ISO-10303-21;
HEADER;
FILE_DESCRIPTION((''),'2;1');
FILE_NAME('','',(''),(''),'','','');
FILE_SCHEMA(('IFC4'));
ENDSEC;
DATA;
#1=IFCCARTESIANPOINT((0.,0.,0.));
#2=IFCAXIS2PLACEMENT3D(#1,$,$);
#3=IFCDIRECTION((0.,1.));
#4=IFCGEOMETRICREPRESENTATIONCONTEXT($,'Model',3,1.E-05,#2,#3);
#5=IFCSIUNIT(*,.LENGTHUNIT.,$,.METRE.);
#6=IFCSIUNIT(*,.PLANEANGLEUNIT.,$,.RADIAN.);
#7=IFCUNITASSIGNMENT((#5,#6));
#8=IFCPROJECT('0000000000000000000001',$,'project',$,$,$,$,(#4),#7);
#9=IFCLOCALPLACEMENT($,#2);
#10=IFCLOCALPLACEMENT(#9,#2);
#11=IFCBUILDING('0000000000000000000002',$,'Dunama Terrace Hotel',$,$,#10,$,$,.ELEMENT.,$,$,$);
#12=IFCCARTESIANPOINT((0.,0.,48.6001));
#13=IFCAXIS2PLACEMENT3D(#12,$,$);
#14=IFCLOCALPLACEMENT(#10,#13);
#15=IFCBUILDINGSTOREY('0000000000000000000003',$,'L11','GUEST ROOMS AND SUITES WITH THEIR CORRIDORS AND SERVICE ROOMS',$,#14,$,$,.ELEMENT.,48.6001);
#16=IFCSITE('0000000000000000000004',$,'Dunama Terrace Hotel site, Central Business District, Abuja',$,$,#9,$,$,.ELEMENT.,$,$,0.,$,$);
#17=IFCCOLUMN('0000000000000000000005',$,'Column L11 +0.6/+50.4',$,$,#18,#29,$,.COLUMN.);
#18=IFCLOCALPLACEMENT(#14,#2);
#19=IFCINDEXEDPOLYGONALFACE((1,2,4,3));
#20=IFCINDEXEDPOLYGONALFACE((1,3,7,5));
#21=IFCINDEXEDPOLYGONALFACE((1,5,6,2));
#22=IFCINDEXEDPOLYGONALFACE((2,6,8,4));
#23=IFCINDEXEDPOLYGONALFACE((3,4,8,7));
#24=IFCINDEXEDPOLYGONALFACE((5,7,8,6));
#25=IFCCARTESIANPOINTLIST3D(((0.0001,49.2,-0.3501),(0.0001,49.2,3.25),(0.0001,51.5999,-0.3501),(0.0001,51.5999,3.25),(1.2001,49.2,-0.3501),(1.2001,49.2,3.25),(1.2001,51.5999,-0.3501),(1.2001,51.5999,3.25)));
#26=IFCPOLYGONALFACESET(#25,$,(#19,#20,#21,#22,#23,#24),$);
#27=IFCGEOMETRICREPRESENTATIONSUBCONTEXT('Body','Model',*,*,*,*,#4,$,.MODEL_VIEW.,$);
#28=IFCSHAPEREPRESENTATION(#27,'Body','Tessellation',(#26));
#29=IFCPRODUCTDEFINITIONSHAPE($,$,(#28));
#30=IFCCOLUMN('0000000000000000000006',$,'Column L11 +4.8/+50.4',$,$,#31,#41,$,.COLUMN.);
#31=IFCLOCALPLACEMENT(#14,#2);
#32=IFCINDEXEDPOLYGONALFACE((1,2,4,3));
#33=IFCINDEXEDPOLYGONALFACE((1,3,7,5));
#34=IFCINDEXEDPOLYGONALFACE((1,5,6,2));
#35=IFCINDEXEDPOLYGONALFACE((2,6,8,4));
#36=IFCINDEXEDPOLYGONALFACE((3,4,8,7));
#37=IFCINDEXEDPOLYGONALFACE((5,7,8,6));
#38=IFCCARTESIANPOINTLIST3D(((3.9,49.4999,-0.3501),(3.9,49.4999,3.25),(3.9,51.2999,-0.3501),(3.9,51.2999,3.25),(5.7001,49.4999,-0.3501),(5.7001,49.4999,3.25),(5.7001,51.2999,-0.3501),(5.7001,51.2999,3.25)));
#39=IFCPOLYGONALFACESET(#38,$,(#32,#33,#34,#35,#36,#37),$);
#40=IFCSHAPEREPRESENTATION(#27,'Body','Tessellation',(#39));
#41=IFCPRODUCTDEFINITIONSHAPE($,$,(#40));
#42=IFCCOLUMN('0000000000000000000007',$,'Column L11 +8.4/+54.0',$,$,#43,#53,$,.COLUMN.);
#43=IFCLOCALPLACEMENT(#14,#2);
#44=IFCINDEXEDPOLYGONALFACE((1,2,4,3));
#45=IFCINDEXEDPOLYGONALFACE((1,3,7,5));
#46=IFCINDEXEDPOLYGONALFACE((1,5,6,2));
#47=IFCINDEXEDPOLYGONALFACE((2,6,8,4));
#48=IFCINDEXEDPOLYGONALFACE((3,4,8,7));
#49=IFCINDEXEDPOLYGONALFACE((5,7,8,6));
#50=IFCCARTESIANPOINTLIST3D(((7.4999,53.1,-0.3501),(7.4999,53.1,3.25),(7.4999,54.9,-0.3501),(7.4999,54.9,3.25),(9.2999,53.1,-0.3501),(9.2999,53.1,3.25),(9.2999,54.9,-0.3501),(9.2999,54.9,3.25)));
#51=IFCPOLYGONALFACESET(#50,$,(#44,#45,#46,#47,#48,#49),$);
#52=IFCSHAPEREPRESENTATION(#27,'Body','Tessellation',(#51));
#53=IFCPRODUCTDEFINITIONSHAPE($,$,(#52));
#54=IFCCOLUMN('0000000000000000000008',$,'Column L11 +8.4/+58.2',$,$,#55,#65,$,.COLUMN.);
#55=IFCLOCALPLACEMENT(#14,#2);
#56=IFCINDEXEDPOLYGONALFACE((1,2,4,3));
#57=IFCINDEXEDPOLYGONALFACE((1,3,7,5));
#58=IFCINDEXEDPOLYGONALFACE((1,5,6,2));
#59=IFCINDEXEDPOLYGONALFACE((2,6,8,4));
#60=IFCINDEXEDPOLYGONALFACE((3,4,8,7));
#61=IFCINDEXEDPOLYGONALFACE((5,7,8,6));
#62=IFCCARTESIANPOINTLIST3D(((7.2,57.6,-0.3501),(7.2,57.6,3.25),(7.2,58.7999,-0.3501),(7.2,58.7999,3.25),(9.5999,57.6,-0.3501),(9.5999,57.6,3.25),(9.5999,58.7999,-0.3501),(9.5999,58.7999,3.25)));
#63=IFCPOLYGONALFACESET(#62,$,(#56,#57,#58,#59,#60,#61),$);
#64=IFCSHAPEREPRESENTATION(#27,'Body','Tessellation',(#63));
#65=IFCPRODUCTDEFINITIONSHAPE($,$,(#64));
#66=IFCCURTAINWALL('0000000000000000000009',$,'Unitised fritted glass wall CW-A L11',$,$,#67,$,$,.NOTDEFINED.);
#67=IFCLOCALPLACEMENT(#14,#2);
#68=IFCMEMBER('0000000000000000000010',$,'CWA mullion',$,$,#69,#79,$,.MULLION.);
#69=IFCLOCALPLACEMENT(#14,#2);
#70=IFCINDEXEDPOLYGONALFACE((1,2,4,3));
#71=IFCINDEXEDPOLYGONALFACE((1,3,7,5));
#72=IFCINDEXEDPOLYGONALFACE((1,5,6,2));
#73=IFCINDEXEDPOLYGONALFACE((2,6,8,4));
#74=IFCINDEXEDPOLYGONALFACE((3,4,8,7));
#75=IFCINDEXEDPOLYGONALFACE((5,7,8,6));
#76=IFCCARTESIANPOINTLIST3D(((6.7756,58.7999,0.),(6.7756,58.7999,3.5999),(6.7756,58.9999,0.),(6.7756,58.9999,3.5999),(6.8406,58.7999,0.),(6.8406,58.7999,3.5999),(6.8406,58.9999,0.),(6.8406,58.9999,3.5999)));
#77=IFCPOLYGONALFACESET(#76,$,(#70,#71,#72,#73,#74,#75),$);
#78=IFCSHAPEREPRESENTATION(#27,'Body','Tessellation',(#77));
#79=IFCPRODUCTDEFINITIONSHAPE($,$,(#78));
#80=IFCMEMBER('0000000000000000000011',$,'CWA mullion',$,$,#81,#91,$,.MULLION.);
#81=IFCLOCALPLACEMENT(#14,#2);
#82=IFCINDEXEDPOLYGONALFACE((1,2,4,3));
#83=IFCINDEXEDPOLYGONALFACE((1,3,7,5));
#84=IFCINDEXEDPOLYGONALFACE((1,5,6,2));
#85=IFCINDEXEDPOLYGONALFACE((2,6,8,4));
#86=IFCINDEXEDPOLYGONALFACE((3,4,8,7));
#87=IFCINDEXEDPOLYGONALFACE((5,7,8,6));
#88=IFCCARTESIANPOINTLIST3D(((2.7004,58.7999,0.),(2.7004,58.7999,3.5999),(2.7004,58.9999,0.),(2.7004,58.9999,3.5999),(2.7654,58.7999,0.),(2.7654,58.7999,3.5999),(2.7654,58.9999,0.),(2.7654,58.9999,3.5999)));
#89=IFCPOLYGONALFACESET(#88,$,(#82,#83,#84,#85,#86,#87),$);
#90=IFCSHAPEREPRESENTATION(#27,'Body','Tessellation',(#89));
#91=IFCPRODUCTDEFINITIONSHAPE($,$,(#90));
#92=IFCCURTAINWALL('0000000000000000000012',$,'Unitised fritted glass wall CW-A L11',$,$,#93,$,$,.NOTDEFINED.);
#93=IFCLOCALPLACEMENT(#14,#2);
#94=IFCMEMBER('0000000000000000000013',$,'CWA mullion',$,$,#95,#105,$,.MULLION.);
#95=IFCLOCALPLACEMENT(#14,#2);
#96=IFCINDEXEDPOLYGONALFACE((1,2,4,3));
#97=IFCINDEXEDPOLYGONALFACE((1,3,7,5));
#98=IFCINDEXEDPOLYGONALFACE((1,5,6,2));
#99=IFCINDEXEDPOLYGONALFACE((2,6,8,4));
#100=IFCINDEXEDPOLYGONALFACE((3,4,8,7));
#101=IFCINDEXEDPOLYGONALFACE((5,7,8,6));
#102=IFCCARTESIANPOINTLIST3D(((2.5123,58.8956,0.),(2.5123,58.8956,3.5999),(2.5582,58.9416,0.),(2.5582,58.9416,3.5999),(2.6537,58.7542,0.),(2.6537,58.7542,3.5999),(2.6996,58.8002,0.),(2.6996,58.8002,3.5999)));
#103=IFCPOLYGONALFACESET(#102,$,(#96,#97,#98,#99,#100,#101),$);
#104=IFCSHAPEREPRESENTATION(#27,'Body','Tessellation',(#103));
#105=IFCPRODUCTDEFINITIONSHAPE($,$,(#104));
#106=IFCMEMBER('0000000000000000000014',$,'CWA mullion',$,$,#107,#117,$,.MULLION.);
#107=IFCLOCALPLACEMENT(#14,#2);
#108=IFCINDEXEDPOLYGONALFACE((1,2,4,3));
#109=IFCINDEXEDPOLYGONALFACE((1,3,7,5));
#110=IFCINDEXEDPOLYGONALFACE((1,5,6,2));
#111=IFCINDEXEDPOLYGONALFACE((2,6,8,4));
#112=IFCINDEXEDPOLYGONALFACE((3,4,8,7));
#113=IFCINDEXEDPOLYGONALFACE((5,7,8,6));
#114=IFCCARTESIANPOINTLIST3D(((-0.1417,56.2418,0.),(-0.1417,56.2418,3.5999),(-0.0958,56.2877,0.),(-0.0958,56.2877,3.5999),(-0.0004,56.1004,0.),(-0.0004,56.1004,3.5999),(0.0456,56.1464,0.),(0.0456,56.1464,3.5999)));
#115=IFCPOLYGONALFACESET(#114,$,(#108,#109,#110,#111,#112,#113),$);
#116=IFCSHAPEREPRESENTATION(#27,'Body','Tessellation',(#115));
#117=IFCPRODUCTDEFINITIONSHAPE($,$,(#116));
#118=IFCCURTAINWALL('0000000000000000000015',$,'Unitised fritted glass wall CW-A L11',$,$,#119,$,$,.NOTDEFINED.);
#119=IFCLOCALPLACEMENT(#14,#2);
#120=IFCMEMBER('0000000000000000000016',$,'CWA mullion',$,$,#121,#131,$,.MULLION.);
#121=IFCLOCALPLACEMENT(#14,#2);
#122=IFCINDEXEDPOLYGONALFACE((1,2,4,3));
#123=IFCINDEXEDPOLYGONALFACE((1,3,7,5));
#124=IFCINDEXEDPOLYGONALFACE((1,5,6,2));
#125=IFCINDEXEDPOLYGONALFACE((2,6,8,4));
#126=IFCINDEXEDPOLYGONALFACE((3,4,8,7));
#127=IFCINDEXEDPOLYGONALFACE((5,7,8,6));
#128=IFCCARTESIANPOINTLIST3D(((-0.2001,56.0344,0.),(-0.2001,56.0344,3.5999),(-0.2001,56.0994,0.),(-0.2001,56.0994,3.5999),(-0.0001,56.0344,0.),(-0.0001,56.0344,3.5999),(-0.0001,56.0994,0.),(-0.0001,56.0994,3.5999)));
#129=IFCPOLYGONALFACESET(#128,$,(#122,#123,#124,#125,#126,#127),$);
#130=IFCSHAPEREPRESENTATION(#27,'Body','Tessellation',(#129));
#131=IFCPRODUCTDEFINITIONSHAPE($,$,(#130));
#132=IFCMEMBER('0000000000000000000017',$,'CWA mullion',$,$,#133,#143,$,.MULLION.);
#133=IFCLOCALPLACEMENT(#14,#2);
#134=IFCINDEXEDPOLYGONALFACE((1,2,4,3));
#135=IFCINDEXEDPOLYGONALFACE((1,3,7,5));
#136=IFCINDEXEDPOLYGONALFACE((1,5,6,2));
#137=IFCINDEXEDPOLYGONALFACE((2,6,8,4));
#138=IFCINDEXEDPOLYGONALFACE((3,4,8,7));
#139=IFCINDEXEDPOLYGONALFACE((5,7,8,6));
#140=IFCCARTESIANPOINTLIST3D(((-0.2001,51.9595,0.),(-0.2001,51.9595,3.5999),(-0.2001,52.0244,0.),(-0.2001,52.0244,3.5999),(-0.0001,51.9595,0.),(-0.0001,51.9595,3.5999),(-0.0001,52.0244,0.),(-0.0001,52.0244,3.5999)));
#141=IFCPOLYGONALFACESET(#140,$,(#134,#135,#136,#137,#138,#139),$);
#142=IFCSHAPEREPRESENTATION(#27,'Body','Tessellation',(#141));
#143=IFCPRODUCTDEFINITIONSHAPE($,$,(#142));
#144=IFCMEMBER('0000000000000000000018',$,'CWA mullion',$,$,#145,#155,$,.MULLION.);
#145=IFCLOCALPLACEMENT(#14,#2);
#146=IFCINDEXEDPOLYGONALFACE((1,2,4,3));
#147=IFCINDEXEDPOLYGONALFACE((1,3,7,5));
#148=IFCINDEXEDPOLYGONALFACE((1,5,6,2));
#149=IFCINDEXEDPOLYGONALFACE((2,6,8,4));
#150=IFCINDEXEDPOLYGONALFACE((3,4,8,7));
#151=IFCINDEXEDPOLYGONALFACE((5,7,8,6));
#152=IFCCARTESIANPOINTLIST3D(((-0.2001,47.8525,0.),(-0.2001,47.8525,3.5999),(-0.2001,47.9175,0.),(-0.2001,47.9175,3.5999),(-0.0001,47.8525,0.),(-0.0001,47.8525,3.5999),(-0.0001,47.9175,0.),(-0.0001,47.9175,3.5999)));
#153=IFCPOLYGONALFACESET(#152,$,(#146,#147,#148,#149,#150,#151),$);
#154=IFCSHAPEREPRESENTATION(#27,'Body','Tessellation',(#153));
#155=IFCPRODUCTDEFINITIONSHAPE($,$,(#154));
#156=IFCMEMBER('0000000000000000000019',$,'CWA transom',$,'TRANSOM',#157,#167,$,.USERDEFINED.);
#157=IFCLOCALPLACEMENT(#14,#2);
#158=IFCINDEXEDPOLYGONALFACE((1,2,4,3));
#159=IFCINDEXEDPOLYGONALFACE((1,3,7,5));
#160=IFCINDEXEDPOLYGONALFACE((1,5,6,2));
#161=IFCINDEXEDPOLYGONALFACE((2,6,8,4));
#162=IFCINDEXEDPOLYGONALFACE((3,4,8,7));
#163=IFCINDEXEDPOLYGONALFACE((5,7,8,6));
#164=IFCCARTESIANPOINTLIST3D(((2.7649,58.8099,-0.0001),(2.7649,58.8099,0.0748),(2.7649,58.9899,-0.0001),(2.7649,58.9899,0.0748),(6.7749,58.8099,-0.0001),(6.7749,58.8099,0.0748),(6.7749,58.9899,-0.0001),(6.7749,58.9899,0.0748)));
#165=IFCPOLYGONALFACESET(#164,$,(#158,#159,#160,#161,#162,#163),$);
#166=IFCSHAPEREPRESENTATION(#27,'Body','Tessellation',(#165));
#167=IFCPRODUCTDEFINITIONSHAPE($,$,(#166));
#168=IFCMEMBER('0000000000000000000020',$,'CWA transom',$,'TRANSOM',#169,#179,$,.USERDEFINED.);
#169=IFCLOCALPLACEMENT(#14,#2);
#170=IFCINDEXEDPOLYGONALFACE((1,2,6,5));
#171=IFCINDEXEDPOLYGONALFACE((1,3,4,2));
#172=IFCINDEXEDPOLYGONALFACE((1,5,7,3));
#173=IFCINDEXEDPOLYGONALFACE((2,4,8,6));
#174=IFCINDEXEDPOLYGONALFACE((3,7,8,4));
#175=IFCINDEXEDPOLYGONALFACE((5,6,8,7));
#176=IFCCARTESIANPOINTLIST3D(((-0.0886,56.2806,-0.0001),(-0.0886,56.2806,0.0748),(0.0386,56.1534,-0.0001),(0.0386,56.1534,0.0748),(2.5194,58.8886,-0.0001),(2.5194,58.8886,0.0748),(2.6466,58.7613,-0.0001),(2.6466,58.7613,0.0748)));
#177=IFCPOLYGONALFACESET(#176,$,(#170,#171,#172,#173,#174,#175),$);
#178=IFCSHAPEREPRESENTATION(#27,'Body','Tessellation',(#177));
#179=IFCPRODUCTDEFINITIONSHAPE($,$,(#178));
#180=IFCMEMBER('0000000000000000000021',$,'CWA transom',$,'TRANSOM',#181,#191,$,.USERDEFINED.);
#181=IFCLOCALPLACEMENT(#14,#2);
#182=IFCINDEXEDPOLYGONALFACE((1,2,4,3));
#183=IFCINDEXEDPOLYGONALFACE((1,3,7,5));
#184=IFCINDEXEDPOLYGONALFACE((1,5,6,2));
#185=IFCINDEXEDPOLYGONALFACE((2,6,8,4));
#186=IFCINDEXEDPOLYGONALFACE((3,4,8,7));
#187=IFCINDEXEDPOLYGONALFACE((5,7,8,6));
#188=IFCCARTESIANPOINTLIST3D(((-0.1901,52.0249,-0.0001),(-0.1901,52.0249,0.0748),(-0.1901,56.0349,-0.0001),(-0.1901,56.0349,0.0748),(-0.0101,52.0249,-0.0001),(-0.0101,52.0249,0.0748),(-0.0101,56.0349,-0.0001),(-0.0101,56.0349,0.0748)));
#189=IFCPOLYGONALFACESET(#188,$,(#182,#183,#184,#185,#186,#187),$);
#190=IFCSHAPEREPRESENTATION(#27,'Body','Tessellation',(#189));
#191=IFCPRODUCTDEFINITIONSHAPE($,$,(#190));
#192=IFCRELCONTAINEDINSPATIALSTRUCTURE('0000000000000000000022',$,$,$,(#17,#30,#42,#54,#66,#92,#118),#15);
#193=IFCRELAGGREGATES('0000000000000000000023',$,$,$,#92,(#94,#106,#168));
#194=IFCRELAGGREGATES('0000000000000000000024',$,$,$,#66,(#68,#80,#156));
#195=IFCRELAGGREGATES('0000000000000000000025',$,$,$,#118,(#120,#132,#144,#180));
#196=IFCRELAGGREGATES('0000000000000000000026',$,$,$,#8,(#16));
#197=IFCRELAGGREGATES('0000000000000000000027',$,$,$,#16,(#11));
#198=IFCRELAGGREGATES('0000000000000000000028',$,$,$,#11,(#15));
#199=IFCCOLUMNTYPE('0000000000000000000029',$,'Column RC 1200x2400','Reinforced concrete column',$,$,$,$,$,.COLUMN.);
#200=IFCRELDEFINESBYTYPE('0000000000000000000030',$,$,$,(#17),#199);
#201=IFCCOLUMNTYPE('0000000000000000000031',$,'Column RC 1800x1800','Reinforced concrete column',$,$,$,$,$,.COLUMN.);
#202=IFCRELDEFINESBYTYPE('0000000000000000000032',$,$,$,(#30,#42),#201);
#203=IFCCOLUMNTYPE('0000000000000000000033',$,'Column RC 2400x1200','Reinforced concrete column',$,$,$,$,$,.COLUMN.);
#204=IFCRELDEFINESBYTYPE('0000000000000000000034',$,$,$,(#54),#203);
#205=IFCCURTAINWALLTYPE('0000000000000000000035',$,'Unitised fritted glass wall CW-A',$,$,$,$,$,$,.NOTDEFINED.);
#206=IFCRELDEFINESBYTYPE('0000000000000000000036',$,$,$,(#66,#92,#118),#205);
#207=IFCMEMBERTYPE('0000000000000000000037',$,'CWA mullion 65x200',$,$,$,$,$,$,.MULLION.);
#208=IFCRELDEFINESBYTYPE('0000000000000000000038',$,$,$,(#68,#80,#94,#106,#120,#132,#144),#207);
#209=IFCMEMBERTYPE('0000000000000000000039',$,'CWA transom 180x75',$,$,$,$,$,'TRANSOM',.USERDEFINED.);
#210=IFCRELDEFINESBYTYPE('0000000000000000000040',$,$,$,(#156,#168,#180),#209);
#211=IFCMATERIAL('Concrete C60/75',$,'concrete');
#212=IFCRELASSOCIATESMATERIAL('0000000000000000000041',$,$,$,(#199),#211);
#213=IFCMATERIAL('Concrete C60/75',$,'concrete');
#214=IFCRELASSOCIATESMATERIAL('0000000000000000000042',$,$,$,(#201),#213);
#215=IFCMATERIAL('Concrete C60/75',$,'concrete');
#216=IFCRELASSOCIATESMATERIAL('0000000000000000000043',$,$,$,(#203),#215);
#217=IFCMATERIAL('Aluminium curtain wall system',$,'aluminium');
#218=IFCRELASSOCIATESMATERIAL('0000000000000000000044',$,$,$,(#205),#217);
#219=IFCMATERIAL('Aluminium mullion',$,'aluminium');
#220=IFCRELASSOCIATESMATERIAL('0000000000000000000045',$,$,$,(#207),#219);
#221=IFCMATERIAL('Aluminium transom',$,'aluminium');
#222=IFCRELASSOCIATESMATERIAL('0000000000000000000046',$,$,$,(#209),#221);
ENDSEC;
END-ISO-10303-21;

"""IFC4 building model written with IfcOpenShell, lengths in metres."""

from ifc_helpers import new_model, si_unit, direction, frame, origin, origin_2d, place, context, subcontext, project, spatial, rectangle, extrude, material, material_profile, profile_set, type_object, element, aggregate, save


model = new_model("IFC4")

# Units and contexts
model_context = context("Model", 3, precision=1e-05, world=origin(), true_north=direction((0.0, 1.0)))
body_context = subcontext(model_context, "Body", "Model", "MODEL_VIEW")
ifc_project = project(units=[si_unit("LENGTHUNIT", "METRE"), si_unit("PLANEANGLEUNIT", "RADIAN")], contexts=[model_context])

# Site, building, storey
site_placement = place(None, origin())
site = spatial("IfcSite", under=ifc_project, at=site_placement, Name="Dunama Terrace Hotel site, Central Business District, Abuja", CompositionType="ELEMENT", RefElevation=0.0)
building_placement = place(site_placement, origin())
building = spatial("IfcBuilding", under=site, at=building_placement, Name="Dunama Terrace Hotel", CompositionType="ELEMENT")
storey_placement = place(building_placement, frame((0.0, 0.0, 48.6001)))
storey = spatial("IfcBuildingStorey", under=building, at=storey_placement, Name="L11", Description="GUEST ROOMS AND SUITES WITH THEIR CORRIDORS AND SERVICE ROOMS", CompositionType="ELEMENT", Elevation=48.6001)

# Columns
ifc_material_1 = material(Name="Concrete C60/75", Category="concrete")
ifc_material_profile_1 = material_profile(ifc_material_1, rectangle(XDim=1.2, YDim=2.3999, at=origin_2d()), Name="RC 1200x2400")
ifc_profile_set_1 = profile_set([ifc_material_profile_1], Name="Concrete C60/75")
column_type_1 = type_object("IfcColumnType", Name="Column RC 1200x2400", Description="Reinforced concrete column", PredefinedType="COLUMN", material=ifc_profile_set_1)
column_1_placement = place(storey_placement, frame((0.6001, 50.3999, -0.3501), z_axis=(0.0, 0.0, 1.0), x_axis=(1.0, 0.0, 0.0)))
element("IfcColumn", 1, at=column_1_placement, inside=storey, type_object=column_type_1, Name="Column L11 +0.6/+50.4", PredefinedType="COLUMN", context=body_context, shape_type="SweptSolid", body=[
    extrude(rectangle(XDim=1.2, YDim=2.3999, at=origin_2d()), origin(), (0.0, 0.0, 1.0), 3.6001),
])
ifc_material_2 = material(Name="Concrete C60/75", Category="concrete")
ifc_material_profile_2 = material_profile(ifc_material_2, rectangle(XDim=1.8, YDim=1.8, at=origin_2d()), Name="RC 1800x1800")
ifc_profile_set_2 = profile_set([ifc_material_profile_2], Name="Concrete C60/75")
column_type_2 = type_object("IfcColumnType", Name="Column RC 1800x1800", Description="Reinforced concrete column", PredefinedType="COLUMN", material=ifc_profile_set_2)
for number, where, z_axis, x_axis, name in (
    (2, (4.8, 50.3999, -0.3501), (0.0, 0.0, 1.0), (1.0, 0.0, 0.0), "Column L11 +4.8/+50.4"),
    (3, (8.3999, 54.0, -0.3501), (0.0, 0.0, 1.0), (1.0, 0.0, 0.0), "Column L11 +8.4/+54.0"),
):
    element("IfcColumn", number, at=place(storey_placement, frame(where, z_axis=z_axis, x_axis=x_axis)), inside=storey, type_object=column_type_2, Name=name, PredefinedType="COLUMN", context=body_context, shape_type="SweptSolid", body=[
        extrude(rectangle(XDim=1.8, YDim=1.8, at=origin_2d()), origin(), (0.0, 0.0, 1.0), 3.6001),
    ])
ifc_material_3 = material(Name="Concrete C60/75", Category="concrete")
ifc_material_profile_3 = material_profile(ifc_material_3, rectangle(XDim=2.3999, YDim=1.2, at=origin_2d()), Name="RC 2400x1200")
ifc_profile_set_3 = profile_set([ifc_material_profile_3], Name="Concrete C60/75")
column_type_3 = type_object("IfcColumnType", Name="Column RC 2400x1200", Description="Reinforced concrete column", PredefinedType="COLUMN", material=ifc_profile_set_3)
column_2_placement = place(storey_placement, frame((8.3999, 58.2, -0.3501), z_axis=(0.0, 0.0, 1.0), x_axis=(1.0, 0.0, 0.0)))
element("IfcColumn", 4, at=column_2_placement, inside=storey, type_object=column_type_3, Name="Column L11 +8.4/+58.2", PredefinedType="COLUMN", context=body_context, shape_type="SweptSolid", body=[
    extrude(rectangle(XDim=2.3999, YDim=1.2, at=origin_2d()), origin(), (0.0, 0.0, 1.0), 3.6001),
])

# Curtain walls, members
ifc_material_4 = material(Name="Aluminium curtain wall system", Category="aluminium")
curtain_wall_type = type_object("IfcCurtainWallType", Name="Unitised fritted glass wall CW-A", PredefinedType="NOTDEFINED", material=ifc_material_4)
curtain_wall_1_placement = place(storey_placement, origin())
curtain_wall_1 = element("IfcCurtainWall", 5, at=curtain_wall_1_placement, inside=storey, type_object=curtain_wall_type, Name="Unitised fritted glass wall CW-A L11", PredefinedType="NOTDEFINED")
ifc_material_5 = material(Name="Aluminium mullion", Category="aluminium")
ifc_material_profile_4 = material_profile(ifc_material_5, rectangle(XDim=0.0649, YDim=0.2, at=origin_2d()), Name="CWA MULLION 65X200")
ifc_profile_set_4 = profile_set([ifc_material_profile_4], Name="Aluminium mullion")
member_type_1 = type_object("IfcMemberType", Name="CWA mullion 65x200", PredefinedType="MULLION", material=ifc_profile_set_4)
member_1_placement = place(storey_placement, frame((6.8081, 58.8999, 0.0), z_axis=(0.0, 0.0, 1.0), x_axis=(-1.0, 0.0, 0.0)))
member_1 = element("IfcMember", 6, at=member_1_placement, type_object=member_type_1, Name="CWA mullion", PredefinedType="MULLION", context=body_context, shape_type="SweptSolid", body=[
    extrude(rectangle(XDim=0.0649, YDim=0.2, at=origin_2d()), origin(), (0.0, 0.0, 1.0), 3.5999),
])
member_2_placement = place(storey_placement, frame((2.7329, 58.8999, 0.0), z_axis=(0.0, 0.0, 1.0), x_axis=(-1.0, 0.0, 0.0)))
member_2 = element("IfcMember", 7, at=member_2_placement, type_object=member_type_1, Name="CWA mullion", PredefinedType="MULLION", context=body_context, shape_type="SweptSolid", body=[
    extrude(rectangle(XDim=0.0649, YDim=0.2, at=origin_2d()), origin(), (0.0, 0.0, 1.0), 3.5999),
])
curtain_wall_2_placement = place(storey_placement, origin())
curtain_wall_2 = element("IfcCurtainWall", 8, at=curtain_wall_2_placement, inside=storey, type_object=curtain_wall_type, Name="Unitised fritted glass wall CW-A L11", PredefinedType="NOTDEFINED")
member_3_placement = place(storey_placement, frame((2.606, 58.8479, 0.0), z_axis=(0.0, 0.0, 1.0), x_axis=(-0.707107, -0.707107, 0.0)))
member_3 = element("IfcMember", 9, at=member_3_placement, type_object=member_type_1, Name="CWA mullion", PredefinedType="MULLION", context=body_context, shape_type="SweptSolid", body=[
    extrude(rectangle(XDim=0.0649, YDim=0.2, at=origin_2d()), origin(), (0.0, 0.0, 1.0), 3.5999),
])
member_4_placement = place(storey_placement, frame((-0.0481, 56.1941, 0.0), z_axis=(0.0, 0.0, 1.0), x_axis=(-0.707107, -0.707107, 0.0)))
member_4 = element("IfcMember", 10, at=member_4_placement, type_object=member_type_1, Name="CWA mullion", PredefinedType="MULLION", context=body_context, shape_type="SweptSolid", body=[
    extrude(rectangle(XDim=0.0649, YDim=0.2, at=origin_2d()), origin(), (0.0, 0.0, 1.0), 3.5999),
])
curtain_wall_3_placement = place(storey_placement, origin())
curtain_wall_3 = element("IfcCurtainWall", 11, at=curtain_wall_3_placement, inside=storey, type_object=curtain_wall_type, Name="Unitised fritted glass wall CW-A L11", PredefinedType="NOTDEFINED")
member_5_placement = place(storey_placement, frame((-0.1001, 56.0669, 0.0), z_axis=(0.0, 0.0, 1.0), x_axis=(0.0, -1.0, 0.0)))
member_5 = element("IfcMember", 12, at=member_5_placement, type_object=member_type_1, Name="CWA mullion", PredefinedType="MULLION", context=body_context, shape_type="SweptSolid", body=[
    extrude(rectangle(XDim=0.0649, YDim=0.2, at=origin_2d()), origin(), (0.0, 0.0, 1.0), 3.5999),
])
member_6_placement = place(storey_placement, frame((-0.1001, 51.9919, 0.0), z_axis=(0.0, 0.0, 1.0), x_axis=(0.0, -1.0, 0.0)))
member_6 = element("IfcMember", 13, at=member_6_placement, type_object=member_type_1, Name="CWA mullion", PredefinedType="MULLION", context=body_context, shape_type="SweptSolid", body=[
    extrude(rectangle(XDim=0.0649, YDim=0.2, at=origin_2d()), origin(), (0.0, 0.0, 1.0), 3.5999),
])
member_7_placement = place(storey_placement, frame((-0.1001, 47.885, 0.0), z_axis=(0.0, 0.0, 1.0), x_axis=(0.0, -1.0, 0.0)))
member_7 = element("IfcMember", 14, at=member_7_placement, type_object=member_type_1, Name="CWA mullion", PredefinedType="MULLION", context=body_context, shape_type="SweptSolid", body=[
    extrude(rectangle(XDim=0.0649, YDim=0.2, at=origin_2d()), origin(), (0.0, 0.0, 1.0), 3.5999),
])

# Members
ifc_material_6 = material(Name="Aluminium transom", Category="aluminium")
ifc_material_profile_5 = material_profile(ifc_material_6, rectangle(XDim=0.1799, YDim=0.075, at=origin_2d()), Name="CWA TRANSOM 180X75")
ifc_profile_set_5 = profile_set([ifc_material_profile_5], Name="Aluminium transom")
member_type_2 = type_object("IfcMemberType", Name="CWA transom 180x75", ElementType="TRANSOM", PredefinedType="USERDEFINED", material=ifc_profile_set_5)
member_8_placement = place(storey_placement, frame((6.7749, 58.8999, 0.0374), z_axis=(-1.0, 0.0, 0.0), x_axis=(0.0, -1.0, 0.0)))
member_8 = element("IfcMember", 15, at=member_8_placement, type_object=member_type_2, Name="CWA transom", ObjectType="TRANSOM", PredefinedType="USERDEFINED", context=body_context, shape_type="SweptSolid", body=[
    extrude(rectangle(XDim=0.1799, YDim=0.075, at=origin_2d()), origin(), (0.0, 0.0, 1.0), 4.01),
])
member_9_placement = place(storey_placement, frame((2.583, 58.825, 0.0374), z_axis=(-0.707107, -0.707107, 0.0), x_axis=(0.707107, -0.707107, 0.0)))
member_9 = element("IfcMember", 16, at=member_9_placement, type_object=member_type_2, Name="CWA transom", ObjectType="TRANSOM", PredefinedType="USERDEFINED", context=body_context, shape_type="SweptSolid", body=[
    extrude(rectangle(XDim=0.1799, YDim=0.075, at=origin_2d()), origin(), (0.0, 0.0, 1.0), 3.6882),
])
member_10_placement = place(storey_placement, frame((-0.1001, 56.0349, 0.0374), z_axis=(0.0, -1.0, 0.0), x_axis=(1.0, 0.0, 0.0)))
member_10 = element("IfcMember", 17, at=member_10_placement, type_object=member_type_2, Name="CWA transom", ObjectType="TRANSOM", PredefinedType="USERDEFINED", context=body_context, shape_type="SweptSolid", body=[
    extrude(rectangle(XDim=0.1799, YDim=0.075, at=origin_2d()), origin(), (0.0, 0.0, 1.0), 4.01),
])

aggregate(curtain_wall_2, [member_3, member_4, member_9])
aggregate(curtain_wall_1, [member_1, member_2, member_8])
aggregate(curtain_wall_3, [member_5, member_6, member_7, member_10])

save(model, "model.ifc")
